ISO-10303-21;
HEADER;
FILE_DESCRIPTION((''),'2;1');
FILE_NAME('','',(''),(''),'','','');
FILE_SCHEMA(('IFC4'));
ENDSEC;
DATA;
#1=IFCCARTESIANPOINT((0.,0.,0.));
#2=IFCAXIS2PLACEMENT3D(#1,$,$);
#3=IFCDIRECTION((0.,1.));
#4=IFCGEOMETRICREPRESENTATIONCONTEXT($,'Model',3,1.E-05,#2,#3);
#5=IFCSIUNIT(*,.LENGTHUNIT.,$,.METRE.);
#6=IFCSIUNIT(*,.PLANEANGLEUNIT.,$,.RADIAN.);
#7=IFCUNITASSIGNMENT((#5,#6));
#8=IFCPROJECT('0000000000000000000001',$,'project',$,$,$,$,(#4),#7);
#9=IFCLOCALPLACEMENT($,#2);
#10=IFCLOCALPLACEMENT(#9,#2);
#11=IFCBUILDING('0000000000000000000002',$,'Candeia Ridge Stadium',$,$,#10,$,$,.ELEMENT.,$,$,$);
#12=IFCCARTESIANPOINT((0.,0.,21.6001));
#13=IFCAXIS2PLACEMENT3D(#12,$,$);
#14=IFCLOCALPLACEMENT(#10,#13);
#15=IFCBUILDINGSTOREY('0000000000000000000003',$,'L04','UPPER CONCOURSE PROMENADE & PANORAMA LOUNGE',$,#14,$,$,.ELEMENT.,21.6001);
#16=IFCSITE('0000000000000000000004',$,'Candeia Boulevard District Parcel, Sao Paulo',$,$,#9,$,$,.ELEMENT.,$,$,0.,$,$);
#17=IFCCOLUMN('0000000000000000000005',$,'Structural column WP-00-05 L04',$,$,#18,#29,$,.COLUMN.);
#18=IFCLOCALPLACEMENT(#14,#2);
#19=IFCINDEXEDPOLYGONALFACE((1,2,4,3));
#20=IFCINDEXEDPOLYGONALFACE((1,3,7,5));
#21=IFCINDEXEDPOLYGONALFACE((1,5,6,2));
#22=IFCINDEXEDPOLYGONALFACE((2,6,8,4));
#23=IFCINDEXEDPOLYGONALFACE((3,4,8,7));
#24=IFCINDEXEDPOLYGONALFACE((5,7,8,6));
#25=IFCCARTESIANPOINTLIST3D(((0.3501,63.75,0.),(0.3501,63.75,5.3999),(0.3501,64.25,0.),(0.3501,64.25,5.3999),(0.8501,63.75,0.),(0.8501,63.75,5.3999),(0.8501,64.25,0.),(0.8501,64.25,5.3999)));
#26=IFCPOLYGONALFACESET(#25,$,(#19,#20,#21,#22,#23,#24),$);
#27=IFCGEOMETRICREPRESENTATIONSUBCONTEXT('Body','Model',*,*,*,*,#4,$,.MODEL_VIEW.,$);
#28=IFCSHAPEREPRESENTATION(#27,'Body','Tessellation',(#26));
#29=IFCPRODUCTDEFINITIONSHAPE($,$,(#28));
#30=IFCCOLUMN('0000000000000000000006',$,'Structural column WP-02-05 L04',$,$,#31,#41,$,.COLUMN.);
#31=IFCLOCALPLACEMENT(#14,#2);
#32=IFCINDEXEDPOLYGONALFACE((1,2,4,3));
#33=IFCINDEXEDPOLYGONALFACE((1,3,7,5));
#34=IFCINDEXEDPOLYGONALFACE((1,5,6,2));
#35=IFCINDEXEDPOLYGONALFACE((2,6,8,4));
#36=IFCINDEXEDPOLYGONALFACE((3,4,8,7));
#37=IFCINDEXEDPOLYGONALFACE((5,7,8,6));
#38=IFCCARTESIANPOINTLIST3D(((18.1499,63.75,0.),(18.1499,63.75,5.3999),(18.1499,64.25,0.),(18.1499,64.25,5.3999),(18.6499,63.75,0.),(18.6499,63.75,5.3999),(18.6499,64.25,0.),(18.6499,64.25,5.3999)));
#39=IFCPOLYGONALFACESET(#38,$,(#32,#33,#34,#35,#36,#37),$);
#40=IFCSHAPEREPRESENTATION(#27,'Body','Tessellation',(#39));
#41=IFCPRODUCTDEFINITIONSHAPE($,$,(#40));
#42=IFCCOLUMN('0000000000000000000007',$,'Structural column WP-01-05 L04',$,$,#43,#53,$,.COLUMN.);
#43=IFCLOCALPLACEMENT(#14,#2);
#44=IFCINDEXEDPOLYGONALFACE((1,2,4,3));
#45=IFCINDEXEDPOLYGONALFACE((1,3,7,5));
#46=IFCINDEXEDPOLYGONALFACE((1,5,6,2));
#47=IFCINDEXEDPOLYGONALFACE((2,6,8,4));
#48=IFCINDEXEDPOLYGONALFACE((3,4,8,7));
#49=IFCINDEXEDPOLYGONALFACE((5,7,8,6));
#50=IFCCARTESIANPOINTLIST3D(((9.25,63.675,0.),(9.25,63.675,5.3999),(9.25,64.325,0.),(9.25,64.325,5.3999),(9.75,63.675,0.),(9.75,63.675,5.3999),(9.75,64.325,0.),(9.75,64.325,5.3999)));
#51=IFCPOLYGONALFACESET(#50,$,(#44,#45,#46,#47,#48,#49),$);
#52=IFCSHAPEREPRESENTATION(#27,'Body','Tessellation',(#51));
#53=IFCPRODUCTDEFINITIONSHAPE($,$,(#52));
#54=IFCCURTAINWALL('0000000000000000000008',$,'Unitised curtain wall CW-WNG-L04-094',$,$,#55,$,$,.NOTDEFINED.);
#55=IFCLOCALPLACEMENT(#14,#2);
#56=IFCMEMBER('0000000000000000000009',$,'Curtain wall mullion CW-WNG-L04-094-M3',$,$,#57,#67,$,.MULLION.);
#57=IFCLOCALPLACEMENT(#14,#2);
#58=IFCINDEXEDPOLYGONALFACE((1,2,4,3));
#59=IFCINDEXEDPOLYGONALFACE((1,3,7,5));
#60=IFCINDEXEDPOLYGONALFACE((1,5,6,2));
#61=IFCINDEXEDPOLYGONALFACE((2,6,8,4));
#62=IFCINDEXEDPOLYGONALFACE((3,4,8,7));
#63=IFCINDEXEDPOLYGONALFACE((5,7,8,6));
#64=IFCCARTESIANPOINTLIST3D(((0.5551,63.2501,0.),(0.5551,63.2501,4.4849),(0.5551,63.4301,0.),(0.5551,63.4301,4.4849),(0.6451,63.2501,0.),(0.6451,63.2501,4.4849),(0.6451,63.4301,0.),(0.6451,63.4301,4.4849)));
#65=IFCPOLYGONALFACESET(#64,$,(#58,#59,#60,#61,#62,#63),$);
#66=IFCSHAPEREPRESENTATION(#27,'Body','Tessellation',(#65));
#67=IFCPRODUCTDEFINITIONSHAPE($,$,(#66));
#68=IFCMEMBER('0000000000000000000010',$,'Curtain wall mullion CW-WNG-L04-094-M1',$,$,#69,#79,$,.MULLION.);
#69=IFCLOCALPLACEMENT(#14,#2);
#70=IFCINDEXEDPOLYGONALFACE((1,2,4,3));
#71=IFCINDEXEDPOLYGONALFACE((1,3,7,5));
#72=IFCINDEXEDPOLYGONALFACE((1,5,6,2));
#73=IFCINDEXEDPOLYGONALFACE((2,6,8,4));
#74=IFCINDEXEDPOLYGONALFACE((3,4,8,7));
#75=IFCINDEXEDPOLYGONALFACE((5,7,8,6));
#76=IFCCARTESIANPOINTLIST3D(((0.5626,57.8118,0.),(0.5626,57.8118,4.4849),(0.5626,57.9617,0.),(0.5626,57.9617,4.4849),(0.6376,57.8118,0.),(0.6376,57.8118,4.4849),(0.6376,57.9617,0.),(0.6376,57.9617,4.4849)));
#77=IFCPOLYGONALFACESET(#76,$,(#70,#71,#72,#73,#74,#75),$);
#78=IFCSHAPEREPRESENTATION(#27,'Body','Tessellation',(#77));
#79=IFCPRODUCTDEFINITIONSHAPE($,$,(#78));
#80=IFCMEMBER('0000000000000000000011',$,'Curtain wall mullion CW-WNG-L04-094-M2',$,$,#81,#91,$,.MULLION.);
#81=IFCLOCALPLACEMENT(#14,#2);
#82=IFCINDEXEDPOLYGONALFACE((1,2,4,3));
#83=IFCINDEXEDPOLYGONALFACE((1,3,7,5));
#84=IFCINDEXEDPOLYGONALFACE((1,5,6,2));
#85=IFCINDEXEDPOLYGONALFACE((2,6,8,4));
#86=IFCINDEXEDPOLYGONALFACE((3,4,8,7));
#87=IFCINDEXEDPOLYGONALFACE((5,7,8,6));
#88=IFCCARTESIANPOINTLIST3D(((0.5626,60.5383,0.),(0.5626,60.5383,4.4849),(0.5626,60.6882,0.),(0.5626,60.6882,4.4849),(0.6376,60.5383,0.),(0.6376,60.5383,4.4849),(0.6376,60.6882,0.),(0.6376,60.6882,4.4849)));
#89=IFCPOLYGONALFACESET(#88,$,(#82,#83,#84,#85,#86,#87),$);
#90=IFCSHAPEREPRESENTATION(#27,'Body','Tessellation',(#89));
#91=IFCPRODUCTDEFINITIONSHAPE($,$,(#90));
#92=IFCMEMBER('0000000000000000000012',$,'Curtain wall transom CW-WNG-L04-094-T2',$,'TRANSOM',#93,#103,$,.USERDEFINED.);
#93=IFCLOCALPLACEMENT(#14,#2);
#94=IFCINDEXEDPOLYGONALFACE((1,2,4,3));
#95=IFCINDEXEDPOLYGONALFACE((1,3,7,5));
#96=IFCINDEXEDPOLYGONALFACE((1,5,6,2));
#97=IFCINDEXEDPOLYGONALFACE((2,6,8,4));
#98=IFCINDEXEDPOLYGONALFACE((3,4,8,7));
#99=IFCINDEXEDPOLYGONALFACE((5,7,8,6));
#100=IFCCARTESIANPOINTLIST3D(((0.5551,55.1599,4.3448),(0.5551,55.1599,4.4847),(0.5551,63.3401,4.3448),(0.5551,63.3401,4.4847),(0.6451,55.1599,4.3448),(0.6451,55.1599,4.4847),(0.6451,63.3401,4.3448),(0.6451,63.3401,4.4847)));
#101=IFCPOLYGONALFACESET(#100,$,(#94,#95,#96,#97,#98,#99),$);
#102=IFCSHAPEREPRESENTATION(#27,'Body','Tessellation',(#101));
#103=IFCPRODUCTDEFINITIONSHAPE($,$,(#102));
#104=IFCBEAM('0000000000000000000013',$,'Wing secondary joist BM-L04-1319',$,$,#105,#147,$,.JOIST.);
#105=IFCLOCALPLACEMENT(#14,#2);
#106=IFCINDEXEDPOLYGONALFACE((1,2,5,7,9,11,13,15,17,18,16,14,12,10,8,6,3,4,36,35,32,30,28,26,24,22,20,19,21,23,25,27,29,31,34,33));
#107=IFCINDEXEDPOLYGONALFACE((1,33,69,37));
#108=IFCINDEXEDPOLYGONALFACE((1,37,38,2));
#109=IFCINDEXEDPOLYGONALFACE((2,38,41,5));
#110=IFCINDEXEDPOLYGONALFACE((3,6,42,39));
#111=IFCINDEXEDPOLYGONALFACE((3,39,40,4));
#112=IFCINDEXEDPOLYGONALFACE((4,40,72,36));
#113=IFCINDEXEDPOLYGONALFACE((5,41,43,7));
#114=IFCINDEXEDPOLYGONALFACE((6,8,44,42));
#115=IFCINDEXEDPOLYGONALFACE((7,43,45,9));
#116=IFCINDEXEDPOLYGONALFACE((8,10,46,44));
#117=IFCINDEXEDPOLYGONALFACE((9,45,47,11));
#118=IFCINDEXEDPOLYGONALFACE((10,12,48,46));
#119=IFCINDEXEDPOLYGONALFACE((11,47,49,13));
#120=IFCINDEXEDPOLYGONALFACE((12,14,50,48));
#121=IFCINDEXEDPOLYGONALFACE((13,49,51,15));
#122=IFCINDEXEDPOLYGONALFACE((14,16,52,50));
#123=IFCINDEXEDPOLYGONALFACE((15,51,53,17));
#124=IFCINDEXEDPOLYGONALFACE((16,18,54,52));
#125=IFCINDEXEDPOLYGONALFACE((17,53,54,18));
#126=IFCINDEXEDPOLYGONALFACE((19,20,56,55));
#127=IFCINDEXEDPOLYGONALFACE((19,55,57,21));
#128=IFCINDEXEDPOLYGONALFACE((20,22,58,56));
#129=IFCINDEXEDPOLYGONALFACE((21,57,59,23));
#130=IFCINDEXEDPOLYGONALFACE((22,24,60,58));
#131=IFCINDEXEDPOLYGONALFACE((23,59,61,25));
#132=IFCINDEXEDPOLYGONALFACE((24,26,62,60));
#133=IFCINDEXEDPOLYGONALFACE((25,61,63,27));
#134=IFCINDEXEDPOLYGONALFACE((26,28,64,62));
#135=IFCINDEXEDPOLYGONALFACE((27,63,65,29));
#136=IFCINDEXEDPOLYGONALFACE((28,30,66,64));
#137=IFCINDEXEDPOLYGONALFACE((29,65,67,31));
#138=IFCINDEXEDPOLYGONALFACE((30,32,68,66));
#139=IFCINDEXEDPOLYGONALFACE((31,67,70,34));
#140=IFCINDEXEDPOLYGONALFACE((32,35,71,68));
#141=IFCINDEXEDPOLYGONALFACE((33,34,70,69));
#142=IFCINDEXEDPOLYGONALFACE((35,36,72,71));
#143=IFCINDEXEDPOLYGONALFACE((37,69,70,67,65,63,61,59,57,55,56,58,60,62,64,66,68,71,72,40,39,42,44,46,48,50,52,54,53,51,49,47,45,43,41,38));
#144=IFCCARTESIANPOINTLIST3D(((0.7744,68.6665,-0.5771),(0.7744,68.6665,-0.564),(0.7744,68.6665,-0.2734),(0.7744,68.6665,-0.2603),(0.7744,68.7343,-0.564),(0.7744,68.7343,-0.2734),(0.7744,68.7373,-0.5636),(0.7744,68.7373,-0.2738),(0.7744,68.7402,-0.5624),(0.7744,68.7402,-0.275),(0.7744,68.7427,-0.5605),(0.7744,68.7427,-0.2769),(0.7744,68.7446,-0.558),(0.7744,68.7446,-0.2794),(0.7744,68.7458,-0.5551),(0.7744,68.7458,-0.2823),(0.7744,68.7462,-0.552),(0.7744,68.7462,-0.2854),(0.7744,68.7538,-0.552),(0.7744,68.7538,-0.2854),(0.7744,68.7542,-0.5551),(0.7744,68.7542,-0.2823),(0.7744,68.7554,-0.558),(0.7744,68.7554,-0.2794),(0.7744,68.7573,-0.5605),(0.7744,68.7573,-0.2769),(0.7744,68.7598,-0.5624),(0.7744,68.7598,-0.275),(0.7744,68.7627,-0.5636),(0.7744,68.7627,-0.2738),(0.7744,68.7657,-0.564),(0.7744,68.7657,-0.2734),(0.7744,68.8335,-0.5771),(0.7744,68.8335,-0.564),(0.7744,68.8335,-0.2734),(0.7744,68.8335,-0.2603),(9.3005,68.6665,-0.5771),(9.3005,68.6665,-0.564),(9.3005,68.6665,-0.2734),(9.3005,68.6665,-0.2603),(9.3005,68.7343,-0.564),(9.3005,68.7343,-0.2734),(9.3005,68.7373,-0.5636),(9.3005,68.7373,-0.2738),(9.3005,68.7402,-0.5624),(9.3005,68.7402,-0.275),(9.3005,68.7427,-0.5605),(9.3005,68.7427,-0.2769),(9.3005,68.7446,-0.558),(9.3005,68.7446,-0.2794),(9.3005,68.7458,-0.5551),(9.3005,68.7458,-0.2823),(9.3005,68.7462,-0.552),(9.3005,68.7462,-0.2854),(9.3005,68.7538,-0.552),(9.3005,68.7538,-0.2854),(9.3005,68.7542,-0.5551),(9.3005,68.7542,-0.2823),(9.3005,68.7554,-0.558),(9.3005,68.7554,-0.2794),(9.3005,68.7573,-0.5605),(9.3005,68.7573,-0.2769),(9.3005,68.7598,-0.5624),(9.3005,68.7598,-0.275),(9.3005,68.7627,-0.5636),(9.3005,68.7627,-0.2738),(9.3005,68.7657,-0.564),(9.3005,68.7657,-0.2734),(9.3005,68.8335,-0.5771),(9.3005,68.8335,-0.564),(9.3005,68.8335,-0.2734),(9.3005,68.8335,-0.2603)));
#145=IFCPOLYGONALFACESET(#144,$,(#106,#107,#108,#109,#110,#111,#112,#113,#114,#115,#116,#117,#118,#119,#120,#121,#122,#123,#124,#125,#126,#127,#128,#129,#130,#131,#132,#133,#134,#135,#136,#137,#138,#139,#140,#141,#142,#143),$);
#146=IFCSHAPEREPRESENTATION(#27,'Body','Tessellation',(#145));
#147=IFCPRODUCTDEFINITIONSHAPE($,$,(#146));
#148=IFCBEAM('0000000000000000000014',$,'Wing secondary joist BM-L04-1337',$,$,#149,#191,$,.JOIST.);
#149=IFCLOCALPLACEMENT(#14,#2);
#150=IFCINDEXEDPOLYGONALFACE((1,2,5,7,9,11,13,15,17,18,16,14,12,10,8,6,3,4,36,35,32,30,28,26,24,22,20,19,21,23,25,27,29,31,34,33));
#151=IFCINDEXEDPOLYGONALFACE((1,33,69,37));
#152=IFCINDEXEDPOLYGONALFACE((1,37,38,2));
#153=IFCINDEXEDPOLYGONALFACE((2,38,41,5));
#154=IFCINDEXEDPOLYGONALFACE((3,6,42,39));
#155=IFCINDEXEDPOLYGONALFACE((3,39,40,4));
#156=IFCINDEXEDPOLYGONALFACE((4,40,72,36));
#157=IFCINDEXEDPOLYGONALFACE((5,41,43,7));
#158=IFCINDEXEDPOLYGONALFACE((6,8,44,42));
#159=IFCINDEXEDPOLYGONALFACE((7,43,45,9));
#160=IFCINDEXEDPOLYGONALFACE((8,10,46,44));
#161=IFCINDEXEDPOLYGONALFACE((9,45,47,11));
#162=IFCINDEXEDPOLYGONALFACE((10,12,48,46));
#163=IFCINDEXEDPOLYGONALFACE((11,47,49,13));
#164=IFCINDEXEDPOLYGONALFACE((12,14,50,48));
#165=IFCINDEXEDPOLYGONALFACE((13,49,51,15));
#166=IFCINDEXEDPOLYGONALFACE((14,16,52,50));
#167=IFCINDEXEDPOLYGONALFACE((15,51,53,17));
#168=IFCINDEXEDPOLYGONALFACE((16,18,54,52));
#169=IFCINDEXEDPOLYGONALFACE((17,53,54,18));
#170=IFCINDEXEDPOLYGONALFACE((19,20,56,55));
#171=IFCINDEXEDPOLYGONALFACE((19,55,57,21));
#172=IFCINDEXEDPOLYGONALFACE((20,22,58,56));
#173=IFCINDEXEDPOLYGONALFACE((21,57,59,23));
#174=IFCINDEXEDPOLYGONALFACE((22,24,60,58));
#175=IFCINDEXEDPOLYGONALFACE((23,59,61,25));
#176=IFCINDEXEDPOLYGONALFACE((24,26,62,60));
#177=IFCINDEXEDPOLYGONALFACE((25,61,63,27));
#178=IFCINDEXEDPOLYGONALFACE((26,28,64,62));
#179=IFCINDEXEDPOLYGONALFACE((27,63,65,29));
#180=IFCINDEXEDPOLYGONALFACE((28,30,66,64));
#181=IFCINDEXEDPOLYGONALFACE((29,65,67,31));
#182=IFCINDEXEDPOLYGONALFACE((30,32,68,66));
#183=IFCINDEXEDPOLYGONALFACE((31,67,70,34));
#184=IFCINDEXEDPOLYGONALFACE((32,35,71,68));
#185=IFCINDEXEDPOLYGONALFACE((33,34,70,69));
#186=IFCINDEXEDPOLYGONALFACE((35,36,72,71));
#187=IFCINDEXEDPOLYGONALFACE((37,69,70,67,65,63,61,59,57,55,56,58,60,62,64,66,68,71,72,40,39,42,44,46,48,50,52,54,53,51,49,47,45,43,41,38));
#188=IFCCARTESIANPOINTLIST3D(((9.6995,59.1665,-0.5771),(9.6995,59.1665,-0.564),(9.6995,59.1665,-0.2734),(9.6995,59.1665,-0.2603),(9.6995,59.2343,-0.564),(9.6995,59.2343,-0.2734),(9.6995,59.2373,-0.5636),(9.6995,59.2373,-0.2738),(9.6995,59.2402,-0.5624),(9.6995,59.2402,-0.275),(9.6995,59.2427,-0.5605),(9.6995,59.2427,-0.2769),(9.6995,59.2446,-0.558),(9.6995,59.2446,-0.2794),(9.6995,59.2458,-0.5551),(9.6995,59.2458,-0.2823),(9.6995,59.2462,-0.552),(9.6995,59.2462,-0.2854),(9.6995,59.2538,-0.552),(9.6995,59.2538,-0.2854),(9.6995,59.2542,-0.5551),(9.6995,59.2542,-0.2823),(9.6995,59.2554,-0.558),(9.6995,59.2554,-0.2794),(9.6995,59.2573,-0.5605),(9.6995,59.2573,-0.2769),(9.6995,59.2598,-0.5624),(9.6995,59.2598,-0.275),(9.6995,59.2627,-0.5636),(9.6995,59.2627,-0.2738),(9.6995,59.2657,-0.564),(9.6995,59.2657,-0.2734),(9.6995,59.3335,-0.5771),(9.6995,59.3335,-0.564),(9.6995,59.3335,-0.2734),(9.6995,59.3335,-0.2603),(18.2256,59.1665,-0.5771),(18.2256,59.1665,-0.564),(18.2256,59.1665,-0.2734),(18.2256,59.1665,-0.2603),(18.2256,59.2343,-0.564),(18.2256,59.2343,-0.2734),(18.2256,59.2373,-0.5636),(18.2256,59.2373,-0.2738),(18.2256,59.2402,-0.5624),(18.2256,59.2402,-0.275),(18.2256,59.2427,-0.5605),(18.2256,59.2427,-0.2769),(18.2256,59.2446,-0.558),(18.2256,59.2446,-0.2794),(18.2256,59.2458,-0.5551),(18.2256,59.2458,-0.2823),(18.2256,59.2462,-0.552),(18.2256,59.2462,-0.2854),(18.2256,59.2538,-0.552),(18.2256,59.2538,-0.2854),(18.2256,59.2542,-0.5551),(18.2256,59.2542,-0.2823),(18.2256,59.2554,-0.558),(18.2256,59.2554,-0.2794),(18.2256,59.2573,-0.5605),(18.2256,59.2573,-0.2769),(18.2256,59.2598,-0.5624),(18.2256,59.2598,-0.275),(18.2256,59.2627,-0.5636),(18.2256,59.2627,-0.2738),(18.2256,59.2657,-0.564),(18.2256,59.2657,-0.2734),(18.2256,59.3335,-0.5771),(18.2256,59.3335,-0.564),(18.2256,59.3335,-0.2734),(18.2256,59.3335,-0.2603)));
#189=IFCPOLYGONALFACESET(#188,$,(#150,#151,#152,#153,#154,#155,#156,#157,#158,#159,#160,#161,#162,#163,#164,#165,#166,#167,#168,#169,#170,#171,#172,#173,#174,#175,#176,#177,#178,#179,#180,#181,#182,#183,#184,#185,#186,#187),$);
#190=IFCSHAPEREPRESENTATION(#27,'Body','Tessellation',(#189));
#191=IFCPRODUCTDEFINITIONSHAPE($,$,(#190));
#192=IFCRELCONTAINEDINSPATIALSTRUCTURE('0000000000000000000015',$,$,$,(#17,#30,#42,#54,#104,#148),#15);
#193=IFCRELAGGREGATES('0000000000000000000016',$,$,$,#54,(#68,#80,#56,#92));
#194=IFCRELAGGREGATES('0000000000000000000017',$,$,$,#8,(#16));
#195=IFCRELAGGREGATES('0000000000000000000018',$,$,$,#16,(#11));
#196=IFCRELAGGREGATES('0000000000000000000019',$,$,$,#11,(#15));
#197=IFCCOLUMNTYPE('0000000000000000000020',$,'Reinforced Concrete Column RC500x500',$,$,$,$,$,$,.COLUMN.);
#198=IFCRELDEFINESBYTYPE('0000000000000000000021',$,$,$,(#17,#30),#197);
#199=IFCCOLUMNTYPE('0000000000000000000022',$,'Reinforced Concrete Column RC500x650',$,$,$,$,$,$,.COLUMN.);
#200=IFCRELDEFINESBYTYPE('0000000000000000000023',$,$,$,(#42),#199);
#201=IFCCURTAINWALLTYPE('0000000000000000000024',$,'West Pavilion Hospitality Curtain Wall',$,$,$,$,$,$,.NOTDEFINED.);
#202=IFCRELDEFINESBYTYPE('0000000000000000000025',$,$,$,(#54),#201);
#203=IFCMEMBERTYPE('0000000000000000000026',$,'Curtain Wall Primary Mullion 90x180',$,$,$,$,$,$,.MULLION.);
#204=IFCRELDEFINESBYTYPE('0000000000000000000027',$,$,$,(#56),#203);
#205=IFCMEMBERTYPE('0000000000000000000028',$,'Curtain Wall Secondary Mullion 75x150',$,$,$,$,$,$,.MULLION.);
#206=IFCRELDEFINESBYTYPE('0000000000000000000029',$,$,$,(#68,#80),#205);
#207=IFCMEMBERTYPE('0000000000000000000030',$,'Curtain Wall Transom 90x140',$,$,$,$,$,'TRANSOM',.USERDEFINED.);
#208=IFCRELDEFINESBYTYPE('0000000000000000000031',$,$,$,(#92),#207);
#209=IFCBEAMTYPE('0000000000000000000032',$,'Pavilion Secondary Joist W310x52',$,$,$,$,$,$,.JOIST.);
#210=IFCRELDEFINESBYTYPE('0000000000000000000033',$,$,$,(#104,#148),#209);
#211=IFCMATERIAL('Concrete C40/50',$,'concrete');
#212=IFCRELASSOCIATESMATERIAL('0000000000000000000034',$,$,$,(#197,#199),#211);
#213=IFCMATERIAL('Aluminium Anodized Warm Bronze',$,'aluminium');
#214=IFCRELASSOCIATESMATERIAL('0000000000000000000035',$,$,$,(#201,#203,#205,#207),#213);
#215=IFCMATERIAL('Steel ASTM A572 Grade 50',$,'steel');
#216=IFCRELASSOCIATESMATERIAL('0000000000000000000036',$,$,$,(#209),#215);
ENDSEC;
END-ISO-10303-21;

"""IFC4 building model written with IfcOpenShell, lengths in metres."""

from ifc_helpers import new_model, si_unit, direction, frame, origin, origin_2d, place, context, subcontext, project, spatial, rectangle, i_section, extrude, material, material_profile, profile_set, type_object, element, aggregate, save


model = new_model("IFC4")

# Units and contexts
model_context = context("Model", 3, precision=1e-05, world=origin(), true_north=direction((0.0, 1.0)))
body_context = subcontext(model_context, "Body", "Model", "MODEL_VIEW")
ifc_project = project(units=[si_unit("LENGTHUNIT", "METRE"), si_unit("PLANEANGLEUNIT", "RADIAN")], contexts=[model_context])

# Site, building, storey
site_placement = place(None, origin())
site = spatial("IfcSite", under=ifc_project, at=site_placement, Name="Candeia Boulevard District Parcel, Sao Paulo", CompositionType="ELEMENT", RefElevation=0.0)
building_placement = place(site_placement, origin())
building = spatial("IfcBuilding", under=site, at=building_placement, Name="Candeia Ridge Stadium", CompositionType="ELEMENT")
storey_placement = place(building_placement, frame((0.0, 0.0, 21.6001)))
storey = spatial("IfcBuildingStorey", under=building, at=storey_placement, Name="L04", Description="UPPER CONCOURSE PROMENADE & PANORAMA LOUNGE", CompositionType="ELEMENT", Elevation=21.6001)

# Columns
ifc_material_1 = material(Name="Concrete C40/50", Category="concrete")
ifc_material_profile_1 = material_profile(ifc_material_1, rectangle(XDim=0.5, YDim=0.5, at=origin_2d()), Name="RC500x500", Category="concrete")
ifc_profile_set_1 = profile_set([ifc_material_profile_1], Name="Concrete C40/50")
column_type_1 = type_object("IfcColumnType", Name="Reinforced Concrete Column RC500x500", PredefinedType="COLUMN", material=ifc_profile_set_1)
for number, where, z_axis, x_axis, name in (
    (1, (0.6001, 64.0, 0.0), (0.0, 0.0, 1.0), (1.0, 0.0, 0.0), "Structural column WP-00-05 L04"),
    (2, (18.3999, 64.0, 0.0), (0.0, 0.0, 1.0), (1.0, 0.0, 0.0), "Structural column WP-02-05 L04"),
):
    element("IfcColumn", number, at=place(storey_placement, frame(where, z_axis=z_axis, x_axis=x_axis)), inside=storey, type_object=column_type_1, Name=name, PredefinedType="COLUMN", context=body_context, shape_type="SweptSolid", body=[
        extrude(rectangle(XDim=0.5, YDim=0.5, at=origin_2d()), origin(), (0.0, 0.0, 1.0), 5.3999),
    ])
ifc_material_profile_2 = material_profile(ifc_material_1, rectangle(XDim=0.5, YDim=0.6499, at=origin_2d()), Name="RC500x650", Category="concrete")
ifc_profile_set_2 = profile_set([ifc_material_profile_2], Name="Concrete C40/50")
column_type_2 = type_object("IfcColumnType", Name="Reinforced Concrete Column RC500x650", PredefinedType="COLUMN", material=ifc_profile_set_2)
column_placement = place(storey_placement, frame((9.5, 64.0, 0.0), z_axis=(0.0, 0.0, 1.0), x_axis=(1.0, 0.0, 0.0)))
element("IfcColumn", 3, at=column_placement, inside=storey, type_object=column_type_2, Name="Structural column WP-01-05 L04", PredefinedType="COLUMN", context=body_context, shape_type="SweptSolid", body=[
    extrude(rectangle(XDim=0.5, YDim=0.6499, at=origin_2d()), origin(), (0.0, 0.0, 1.0), 5.3999),
])

# Curtain wall, members
ifc_material_2 = material(Name="Aluminium Anodized Warm Bronze", Category="aluminium")
curtain_wall_type = type_object("IfcCurtainWallType", Name="West Pavilion Hospitality Curtain Wall", PredefinedType="NOTDEFINED", material=ifc_material_2)
curtain_wall_placement = place(storey_placement, origin())
curtain_wall = element("IfcCurtainWall", 4, at=curtain_wall_placement, inside=storey, type_object=curtain_wall_type, Name="Unitised curtain wall CW-WNG-L04-094", PredefinedType="NOTDEFINED")
ifc_material_profile_3 = material_profile(ifc_material_2, rectangle(XDim=0.0901, YDim=0.1799, at=origin_2d()), Name="CWM-90x180", Category="aluminium")
ifc_profile_set_3 = profile_set([ifc_material_profile_3], Name="Aluminium Anodized Warm Bronze")
member_type_1 = type_object("IfcMemberType", Name="Curtain Wall Primary Mullion 90x180", PredefinedType="MULLION", material=ifc_profile_set_3)
member_1_placement = place(storey_placement, frame((0.6001, 63.3401, 0.0), z_axis=(0.0, 0.0, 1.0), x_axis=(1.0, 0.0, 0.0)))
member_1 = element("IfcMember", 5, at=member_1_placement, type_object=member_type_1, Name="Curtain wall mullion CW-WNG-L04-094-M3", PredefinedType="MULLION", context=body_context, shape_type="SweptSolid", body=[
    extrude(rectangle(XDim=0.0901, YDim=0.1799, at=origin_2d()), origin(), (0.0, 0.0, 1.0), 4.4849),
])
ifc_material_profile_4 = material_profile(ifc_material_2, rectangle(XDim=0.075, YDim=0.1499, at=origin_2d()), Name="CWM-75x150", Category="aluminium")
ifc_profile_set_4 = profile_set([ifc_material_profile_4], Name="Aluminium Anodized Warm Bronze")
member_type_2 = type_object("IfcMemberType", Name="Curtain Wall Secondary Mullion 75x150", PredefinedType="MULLION", material=ifc_profile_set_4)
member_2_placement = place(storey_placement, frame((0.6001, 57.8867, 0.0), z_axis=(0.0, 0.0, 1.0), x_axis=(1.0, 0.0, 0.0)))
member_2 = element("IfcMember", 6, at=member_2_placement, type_object=member_type_2, Name="Curtain wall mullion CW-WNG-L04-094-M1", PredefinedType="MULLION", context=body_context, shape_type="SweptSolid", body=[
    extrude(rectangle(XDim=0.075, YDim=0.1499, at=origin_2d()), origin(), (0.0, 0.0, 1.0), 4.4849),
])
member_3_placement = place(storey_placement, frame((0.6001, 60.6133, 0.0), z_axis=(0.0, 0.0, 1.0), x_axis=(1.0, 0.0, 0.0)))
member_3 = element("IfcMember", 7, at=member_3_placement, type_object=member_type_2, Name="Curtain wall mullion CW-WNG-L04-094-M2", PredefinedType="MULLION", context=body_context, shape_type="SweptSolid", body=[
    extrude(rectangle(XDim=0.075, YDim=0.1499, at=origin_2d()), origin(), (0.0, 0.0, 1.0), 4.4849),
])
ifc_material_profile_5 = material_profile(ifc_material_2, rectangle(XDim=0.0901, YDim=0.1399, at=origin_2d()), Name="CWT-90x140", Category="aluminium")
ifc_profile_set_5 = profile_set([ifc_material_profile_5], Name="Aluminium Anodized Warm Bronze")
member_type_3 = type_object("IfcMemberType", Name="Curtain Wall Transom 90x140", ElementType="TRANSOM", PredefinedType="USERDEFINED", material=ifc_profile_set_5)
member_4_placement = place(storey_placement, frame((0.6001, 55.1599, 4.4148), z_axis=(0.0, 1.0, 0.0), x_axis=(-1.0, 0.0, 0.0)))
member_4 = element("IfcMember", 8, at=member_4_placement, type_object=member_type_3, Name="Curtain wall transom CW-WNG-L04-094-T2", ObjectType="TRANSOM", PredefinedType="USERDEFINED", context=body_context, shape_type="SweptSolid", body=[
    extrude(rectangle(XDim=0.0901, YDim=0.1399, at=origin_2d()), origin(), (0.0, 0.0, 1.0), 8.1802),
])

# Beams
ifc_material_3 = material(Name="Steel ASTM A572 Grade 50", Category="steel")
ifc_material_profile_6 = material_profile(ifc_material_3, i_section(OverallWidth=0.167, OverallDepth=0.3169, WebThickness=0.0076, FlangeThickness=0.0132, FilletRadius=0.012, at=origin_2d()), Name="W310x52", Category="steel")
ifc_profile_set_6 = profile_set([ifc_material_profile_6], Name="Steel ASTM A572 Grade 50")
beam_type_1 = type_object("IfcBeamType", Name="Pavilion Secondary Joist W310x52", PredefinedType="JOIST", material=ifc_profile_set_6)
for number, where, z_axis, x_axis, name in (
    (9, (0.7744, 68.75, -0.4187), (1.0, 0.0, 0.0), (0.0, 1.0, 0.0), "Wing secondary joist BM-L04-1319"),
    (10, (9.6995, 59.25, -0.4187), (1.0, 0.0, 0.0), (0.0, 1.0, 0.0), "Wing secondary joist BM-L04-1337"),
):
    element("IfcBeam", number, at=place(storey_placement, frame(where, z_axis=z_axis, x_axis=x_axis)), inside=storey, type_object=beam_type_1, Name=name, PredefinedType="JOIST", context=body_context, shape_type="SweptSolid", body=[
        extrude(i_section(OverallWidth=0.167, OverallDepth=0.3169, WebThickness=0.0076, FlangeThickness=0.0132, FilletRadius=0.012, at=origin_2d()), origin(), (0.0, 0.0, 1.0), 8.5261),
    ])

aggregate(curtain_wall, [member_2, member_3, member_1, member_4])

save(model, "model.ifc")
